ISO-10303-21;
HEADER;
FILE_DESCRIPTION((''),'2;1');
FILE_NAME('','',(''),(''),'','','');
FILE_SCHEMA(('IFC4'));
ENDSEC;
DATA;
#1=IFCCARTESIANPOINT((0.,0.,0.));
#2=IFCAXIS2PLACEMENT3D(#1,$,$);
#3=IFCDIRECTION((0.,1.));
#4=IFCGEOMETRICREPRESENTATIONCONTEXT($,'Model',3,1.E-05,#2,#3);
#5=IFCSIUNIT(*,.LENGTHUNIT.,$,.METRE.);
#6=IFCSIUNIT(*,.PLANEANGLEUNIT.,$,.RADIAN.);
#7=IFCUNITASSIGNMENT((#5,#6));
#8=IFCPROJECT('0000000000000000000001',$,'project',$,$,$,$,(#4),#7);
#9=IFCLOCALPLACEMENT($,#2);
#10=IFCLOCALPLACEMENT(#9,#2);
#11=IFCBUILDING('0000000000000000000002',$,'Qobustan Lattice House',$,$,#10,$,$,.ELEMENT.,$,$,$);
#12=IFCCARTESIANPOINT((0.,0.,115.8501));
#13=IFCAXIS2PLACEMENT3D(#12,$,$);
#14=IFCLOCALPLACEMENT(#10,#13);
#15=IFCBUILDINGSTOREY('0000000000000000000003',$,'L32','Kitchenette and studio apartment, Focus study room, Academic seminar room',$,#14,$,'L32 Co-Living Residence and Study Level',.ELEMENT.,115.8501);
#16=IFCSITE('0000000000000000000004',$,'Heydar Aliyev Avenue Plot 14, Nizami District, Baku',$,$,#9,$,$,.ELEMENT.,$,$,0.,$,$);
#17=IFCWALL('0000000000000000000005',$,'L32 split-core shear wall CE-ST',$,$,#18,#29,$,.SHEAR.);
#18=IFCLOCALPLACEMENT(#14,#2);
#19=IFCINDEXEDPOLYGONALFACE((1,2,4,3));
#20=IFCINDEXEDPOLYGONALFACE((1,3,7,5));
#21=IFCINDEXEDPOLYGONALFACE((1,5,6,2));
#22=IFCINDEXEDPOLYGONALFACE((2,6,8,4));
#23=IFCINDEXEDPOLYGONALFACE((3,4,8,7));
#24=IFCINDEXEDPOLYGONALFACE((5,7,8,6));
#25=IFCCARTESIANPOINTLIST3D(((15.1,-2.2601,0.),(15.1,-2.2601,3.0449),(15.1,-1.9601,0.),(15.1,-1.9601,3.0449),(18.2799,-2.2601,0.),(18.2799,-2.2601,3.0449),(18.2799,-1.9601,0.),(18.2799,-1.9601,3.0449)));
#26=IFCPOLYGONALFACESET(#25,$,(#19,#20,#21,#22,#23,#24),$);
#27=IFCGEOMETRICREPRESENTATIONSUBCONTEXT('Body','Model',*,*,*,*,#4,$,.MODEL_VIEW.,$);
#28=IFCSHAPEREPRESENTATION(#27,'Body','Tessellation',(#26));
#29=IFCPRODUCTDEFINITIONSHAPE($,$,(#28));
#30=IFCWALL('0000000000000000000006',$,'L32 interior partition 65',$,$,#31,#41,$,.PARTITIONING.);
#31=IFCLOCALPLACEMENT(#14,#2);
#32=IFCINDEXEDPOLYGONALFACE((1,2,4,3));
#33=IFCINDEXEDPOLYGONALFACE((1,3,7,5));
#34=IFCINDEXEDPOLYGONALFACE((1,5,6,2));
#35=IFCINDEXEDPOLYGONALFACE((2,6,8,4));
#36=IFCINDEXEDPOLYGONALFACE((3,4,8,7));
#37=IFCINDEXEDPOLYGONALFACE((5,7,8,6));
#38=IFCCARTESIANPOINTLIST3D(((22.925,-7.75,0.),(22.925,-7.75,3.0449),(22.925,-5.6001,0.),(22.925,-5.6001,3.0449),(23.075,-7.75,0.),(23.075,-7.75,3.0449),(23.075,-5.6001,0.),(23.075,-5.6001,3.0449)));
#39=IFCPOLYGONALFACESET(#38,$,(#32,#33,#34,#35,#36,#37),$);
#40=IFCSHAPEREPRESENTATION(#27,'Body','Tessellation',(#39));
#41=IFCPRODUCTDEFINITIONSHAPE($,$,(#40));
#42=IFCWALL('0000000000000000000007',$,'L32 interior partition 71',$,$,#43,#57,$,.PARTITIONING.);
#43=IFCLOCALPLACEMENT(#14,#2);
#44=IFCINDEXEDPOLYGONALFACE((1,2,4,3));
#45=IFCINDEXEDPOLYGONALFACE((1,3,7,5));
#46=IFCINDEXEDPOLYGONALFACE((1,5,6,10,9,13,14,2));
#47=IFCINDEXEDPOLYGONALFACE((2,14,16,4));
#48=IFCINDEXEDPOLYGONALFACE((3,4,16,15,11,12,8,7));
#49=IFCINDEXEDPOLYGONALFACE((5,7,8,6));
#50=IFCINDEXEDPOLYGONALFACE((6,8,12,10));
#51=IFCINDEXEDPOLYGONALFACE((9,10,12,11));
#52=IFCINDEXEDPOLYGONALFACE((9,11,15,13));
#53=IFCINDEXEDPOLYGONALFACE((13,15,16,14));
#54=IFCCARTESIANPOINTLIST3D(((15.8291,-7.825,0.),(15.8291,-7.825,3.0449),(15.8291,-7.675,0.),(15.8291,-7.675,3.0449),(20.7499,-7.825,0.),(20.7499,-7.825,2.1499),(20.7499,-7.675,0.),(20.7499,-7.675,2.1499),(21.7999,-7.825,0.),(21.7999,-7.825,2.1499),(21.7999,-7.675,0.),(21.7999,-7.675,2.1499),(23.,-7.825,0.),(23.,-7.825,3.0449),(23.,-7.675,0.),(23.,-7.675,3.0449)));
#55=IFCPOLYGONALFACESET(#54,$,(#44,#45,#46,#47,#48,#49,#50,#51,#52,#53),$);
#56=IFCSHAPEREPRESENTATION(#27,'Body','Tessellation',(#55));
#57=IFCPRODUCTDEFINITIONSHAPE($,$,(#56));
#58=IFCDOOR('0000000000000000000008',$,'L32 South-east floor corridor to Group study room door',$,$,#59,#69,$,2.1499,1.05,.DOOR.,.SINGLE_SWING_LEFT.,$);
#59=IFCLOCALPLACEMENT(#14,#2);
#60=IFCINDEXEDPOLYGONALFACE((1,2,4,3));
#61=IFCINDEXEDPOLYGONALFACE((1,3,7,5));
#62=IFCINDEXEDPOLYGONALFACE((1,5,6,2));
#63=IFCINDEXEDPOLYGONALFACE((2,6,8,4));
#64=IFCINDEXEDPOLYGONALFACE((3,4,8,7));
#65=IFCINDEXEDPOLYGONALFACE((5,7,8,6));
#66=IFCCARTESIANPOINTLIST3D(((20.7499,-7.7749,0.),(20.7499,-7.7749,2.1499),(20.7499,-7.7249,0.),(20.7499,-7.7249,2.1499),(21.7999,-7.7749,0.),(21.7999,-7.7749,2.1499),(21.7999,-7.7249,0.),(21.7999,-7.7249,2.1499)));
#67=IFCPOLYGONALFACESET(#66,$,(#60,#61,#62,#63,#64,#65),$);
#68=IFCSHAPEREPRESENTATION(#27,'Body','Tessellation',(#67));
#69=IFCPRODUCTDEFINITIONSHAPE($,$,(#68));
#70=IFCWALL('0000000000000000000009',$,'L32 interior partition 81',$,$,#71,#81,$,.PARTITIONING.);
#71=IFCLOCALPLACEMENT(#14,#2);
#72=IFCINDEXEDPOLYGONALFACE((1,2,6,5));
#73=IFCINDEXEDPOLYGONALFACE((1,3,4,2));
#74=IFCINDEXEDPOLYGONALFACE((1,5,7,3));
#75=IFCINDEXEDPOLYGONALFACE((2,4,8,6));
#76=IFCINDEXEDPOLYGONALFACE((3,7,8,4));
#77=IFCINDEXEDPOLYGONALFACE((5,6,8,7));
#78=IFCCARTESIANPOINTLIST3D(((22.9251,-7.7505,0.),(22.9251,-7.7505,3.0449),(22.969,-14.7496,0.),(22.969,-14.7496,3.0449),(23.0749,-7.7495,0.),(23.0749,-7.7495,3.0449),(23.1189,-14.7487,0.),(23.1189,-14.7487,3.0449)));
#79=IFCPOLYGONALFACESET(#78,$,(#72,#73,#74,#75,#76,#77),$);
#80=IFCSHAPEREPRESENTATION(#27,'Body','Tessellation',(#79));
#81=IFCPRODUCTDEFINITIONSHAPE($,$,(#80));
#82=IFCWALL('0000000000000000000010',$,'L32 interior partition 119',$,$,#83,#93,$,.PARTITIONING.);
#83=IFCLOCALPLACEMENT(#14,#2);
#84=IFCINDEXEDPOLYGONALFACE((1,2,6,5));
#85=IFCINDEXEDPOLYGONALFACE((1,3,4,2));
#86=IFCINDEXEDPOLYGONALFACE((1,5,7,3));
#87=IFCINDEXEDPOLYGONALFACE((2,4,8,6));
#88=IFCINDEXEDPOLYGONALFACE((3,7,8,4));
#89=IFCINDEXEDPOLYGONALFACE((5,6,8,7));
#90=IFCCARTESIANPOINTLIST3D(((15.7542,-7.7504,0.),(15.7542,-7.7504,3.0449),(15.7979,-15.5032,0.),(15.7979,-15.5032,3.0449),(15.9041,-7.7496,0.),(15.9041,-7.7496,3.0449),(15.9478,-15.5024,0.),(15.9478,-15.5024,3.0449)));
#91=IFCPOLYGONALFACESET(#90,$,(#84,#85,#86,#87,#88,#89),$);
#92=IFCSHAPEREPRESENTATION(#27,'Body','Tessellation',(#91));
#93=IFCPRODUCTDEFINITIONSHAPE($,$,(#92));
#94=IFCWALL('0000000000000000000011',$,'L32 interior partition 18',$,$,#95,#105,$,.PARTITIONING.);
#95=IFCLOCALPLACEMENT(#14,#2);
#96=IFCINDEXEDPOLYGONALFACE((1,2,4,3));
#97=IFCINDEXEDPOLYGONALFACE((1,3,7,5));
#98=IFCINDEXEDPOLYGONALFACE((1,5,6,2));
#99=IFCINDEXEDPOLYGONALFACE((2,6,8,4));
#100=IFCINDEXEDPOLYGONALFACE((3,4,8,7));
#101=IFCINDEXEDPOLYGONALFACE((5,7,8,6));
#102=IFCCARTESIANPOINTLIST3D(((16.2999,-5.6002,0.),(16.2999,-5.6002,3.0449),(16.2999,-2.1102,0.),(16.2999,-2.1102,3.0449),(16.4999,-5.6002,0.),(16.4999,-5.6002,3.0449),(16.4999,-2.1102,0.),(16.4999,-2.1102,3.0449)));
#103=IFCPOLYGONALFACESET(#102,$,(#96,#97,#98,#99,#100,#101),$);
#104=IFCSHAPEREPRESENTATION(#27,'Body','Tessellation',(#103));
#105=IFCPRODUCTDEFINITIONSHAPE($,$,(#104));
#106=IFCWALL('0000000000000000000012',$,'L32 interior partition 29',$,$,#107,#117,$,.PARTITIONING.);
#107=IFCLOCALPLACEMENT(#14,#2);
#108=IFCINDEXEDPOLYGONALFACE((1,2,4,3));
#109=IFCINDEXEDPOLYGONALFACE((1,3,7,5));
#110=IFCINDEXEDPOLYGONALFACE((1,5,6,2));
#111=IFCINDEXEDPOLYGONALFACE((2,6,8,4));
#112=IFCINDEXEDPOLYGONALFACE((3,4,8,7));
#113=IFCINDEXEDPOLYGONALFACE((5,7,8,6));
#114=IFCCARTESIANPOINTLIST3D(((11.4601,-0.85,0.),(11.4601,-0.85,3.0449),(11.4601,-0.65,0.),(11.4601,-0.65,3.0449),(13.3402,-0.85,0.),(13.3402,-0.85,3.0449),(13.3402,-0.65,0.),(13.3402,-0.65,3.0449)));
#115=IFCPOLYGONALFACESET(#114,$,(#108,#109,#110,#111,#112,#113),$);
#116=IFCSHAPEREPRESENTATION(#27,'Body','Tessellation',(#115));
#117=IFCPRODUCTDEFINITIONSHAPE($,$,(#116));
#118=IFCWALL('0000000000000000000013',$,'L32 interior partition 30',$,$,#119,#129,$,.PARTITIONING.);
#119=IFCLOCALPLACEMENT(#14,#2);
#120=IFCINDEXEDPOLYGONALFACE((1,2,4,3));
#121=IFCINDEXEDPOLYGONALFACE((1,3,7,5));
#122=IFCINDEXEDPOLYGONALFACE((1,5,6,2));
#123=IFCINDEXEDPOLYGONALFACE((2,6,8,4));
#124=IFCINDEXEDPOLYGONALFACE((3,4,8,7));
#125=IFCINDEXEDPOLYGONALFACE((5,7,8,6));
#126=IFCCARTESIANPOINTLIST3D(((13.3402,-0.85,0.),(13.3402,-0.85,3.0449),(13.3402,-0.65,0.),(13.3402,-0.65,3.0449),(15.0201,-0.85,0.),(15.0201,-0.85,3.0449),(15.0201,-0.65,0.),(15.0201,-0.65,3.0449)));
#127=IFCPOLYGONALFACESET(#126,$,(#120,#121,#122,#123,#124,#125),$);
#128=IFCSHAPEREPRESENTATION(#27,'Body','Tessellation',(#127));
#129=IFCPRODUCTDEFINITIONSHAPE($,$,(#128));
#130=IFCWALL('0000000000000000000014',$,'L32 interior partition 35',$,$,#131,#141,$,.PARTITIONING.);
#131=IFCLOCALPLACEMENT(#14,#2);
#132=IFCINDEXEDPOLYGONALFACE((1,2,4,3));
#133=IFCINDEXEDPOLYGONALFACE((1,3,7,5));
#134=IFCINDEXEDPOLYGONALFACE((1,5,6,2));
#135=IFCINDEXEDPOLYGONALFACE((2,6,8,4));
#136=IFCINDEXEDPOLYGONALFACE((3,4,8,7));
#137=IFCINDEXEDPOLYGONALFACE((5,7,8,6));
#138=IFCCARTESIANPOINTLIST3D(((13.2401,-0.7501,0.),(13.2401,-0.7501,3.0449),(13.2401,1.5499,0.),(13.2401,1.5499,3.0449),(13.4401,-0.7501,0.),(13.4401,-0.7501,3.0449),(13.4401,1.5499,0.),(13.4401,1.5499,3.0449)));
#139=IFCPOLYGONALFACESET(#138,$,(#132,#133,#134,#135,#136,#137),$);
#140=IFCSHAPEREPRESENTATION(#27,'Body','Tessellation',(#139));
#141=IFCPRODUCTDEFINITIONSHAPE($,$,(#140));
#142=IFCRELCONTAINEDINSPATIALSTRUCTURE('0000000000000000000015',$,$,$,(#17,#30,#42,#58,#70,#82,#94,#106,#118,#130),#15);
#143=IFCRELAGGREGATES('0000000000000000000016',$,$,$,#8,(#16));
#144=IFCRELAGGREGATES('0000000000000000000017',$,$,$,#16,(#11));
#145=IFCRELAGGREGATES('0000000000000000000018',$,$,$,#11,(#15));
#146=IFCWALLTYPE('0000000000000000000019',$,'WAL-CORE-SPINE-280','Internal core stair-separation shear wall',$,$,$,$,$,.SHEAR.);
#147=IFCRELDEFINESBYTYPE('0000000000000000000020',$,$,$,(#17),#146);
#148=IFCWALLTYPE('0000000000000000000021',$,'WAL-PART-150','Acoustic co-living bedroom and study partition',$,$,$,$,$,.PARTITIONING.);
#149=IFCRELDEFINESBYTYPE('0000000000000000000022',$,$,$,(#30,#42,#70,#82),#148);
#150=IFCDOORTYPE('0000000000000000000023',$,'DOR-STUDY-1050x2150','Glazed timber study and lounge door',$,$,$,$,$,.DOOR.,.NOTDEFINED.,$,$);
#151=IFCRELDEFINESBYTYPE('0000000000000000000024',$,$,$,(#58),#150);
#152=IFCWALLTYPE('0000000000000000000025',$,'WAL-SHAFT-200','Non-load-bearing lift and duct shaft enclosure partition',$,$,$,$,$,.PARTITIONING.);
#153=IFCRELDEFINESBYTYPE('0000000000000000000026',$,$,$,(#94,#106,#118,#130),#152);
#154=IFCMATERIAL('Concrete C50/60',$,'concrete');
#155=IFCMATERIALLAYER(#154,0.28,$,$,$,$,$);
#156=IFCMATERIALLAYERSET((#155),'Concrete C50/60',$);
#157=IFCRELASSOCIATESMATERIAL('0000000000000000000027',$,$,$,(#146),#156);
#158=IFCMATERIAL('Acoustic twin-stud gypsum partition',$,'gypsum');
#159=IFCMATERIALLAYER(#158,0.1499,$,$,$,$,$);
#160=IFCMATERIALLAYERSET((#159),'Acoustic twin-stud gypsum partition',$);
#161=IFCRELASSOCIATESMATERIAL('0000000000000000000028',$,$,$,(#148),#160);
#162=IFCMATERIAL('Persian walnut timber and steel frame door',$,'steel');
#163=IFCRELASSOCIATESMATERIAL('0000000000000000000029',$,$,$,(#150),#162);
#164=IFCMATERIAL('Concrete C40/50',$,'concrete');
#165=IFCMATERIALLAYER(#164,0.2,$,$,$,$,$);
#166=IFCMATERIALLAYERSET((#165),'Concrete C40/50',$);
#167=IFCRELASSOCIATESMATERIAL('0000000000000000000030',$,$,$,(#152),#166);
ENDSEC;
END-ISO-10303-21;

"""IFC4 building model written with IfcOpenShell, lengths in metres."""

from ifc_helpers import new_model, si_unit, direction, frame, frame_2d, origin, place, context, subcontext, project, spatial, rectangle, extrude, material, layer, layer_set, type_object, element, fill, save


model = new_model("IFC4")

# Units and contexts
model_context = context("Model", 3, precision=1e-05, world=origin(), true_north=direction((0.0, 1.0)))
body_context = subcontext(model_context, "Body", "Model", "MODEL_VIEW")
ifc_project = project(units=[si_unit("LENGTHUNIT", "METRE"), si_unit("PLANEANGLEUNIT", "RADIAN")], contexts=[model_context])

# Site, building, storey
site_placement = place(None, origin())
site = spatial("IfcSite", under=ifc_project, at=site_placement, Name="Heydar Aliyev Avenue Plot 14, Nizami District, Baku", CompositionType="ELEMENT", RefElevation=0.0)
building_placement = place(site_placement, origin())
building = spatial("IfcBuilding", under=site, at=building_placement, Name="Qobustan Lattice House", CompositionType="ELEMENT")
storey_placement = place(building_placement, frame((0.0, 0.0, 115.8501)))
storey = spatial("IfcBuildingStorey", under=building, at=storey_placement, Name="L32", Description="Kitchenette and studio apartment, Focus study room, Academic seminar room", LongName="L32 Co-Living Residence and Study Level", CompositionType="ELEMENT", Elevation=115.8501)

# Wall
ifc_material_1 = material(Name="Concrete C50/60", Category="concrete")
ifc_layer_1 = layer(ifc_material_1, 0.28)
ifc_layer_set_1 = layer_set([ifc_layer_1], Name="Concrete C50/60")
wall_type_1 = type_object("IfcWallType", Name="WAL-CORE-SPINE-280", Description="Internal core stair-separation shear wall", PredefinedType="SHEAR", material=ifc_layer_set_1)
wall_1_placement = place(storey_placement, frame((15.1001, -2.1101, 0.0), z_axis=(0.0, 0.0, 1.0), x_axis=(1.0, 0.0, 0.0)))
element("IfcWall", 1, at=wall_1_placement, inside=storey, type_object=wall_type_1, Name="L32 split-core shear wall CE-ST", PredefinedType="SHEAR", context=body_context, shape_type="SweptSolid", body=[
    extrude(rectangle(XDim=3.1799, YDim=0.3, at=frame_2d((1.5898, 0.0))), origin(), (0.0, 0.0, 1.0), 3.0449),
])

# Shared definitions
ifc_material_2 = material(Name="Acoustic twin-stud gypsum partition", Category="gypsum")
ifc_layer_2 = layer(ifc_material_2, 0.1499)
ifc_layer_set_2 = layer_set([ifc_layer_2], Name="Acoustic twin-stud gypsum partition")
wall_type_2 = type_object("IfcWallType", Name="WAL-PART-150", Description="Acoustic co-living bedroom and study partition", PredefinedType="PARTITIONING", material=ifc_layer_set_2)
ifc_material_3 = material(Name="Persian walnut timber and steel frame door", Category="steel")
door_type_1 = type_object("IfcDoorType", Name="DOR-STUDY-1050x2150", Description="Glazed timber study and lounge door", OperationType="NOTDEFINED", PredefinedType="DOOR", material=ifc_material_3)

# Wall
wall_2_placement = place(storey_placement, frame((23.0, -5.6001, 0.0), z_axis=(0.0, 0.0, 1.0), x_axis=(0.0, -1.0, 0.0)))
element("IfcWall", 2, at=wall_2_placement, inside=storey, type_object=wall_type_2, Name="L32 interior partition 65", PredefinedType="PARTITIONING", context=body_context, shape_type="SweptSolid", body=[
    extrude(rectangle(XDim=2.1499, YDim=0.1499, at=frame_2d((1.075, 0.0))), origin(), (0.0, 0.0, 1.0), 3.0449),
])

# Wall, opening, door
wall_3_placement = place(storey_placement, frame((23.0, -7.75, 0.0), z_axis=(0.0, 0.0, 1.0), x_axis=(-1.0, 0.0, 0.0)))
wall_3 = element("IfcWall", 3, at=wall_3_placement, inside=storey, type_object=wall_type_2, Name="L32 interior partition 71", PredefinedType="PARTITIONING", context=body_context, shape_type="SweptSolid", body=[
    extrude(rectangle(XDim=7.1709, YDim=0.1499, at=frame_2d((3.5854, 0.0))), origin(), (0.0, 0.0, 1.0), 3.0449),
])
opening_1_placement = place(wall_3_placement, frame((1.2002, 0.0, 0.0)))
opening_1 = element("IfcOpeningElement", 4, at=opening_1_placement, cuts=wall_3, PredefinedType="OPENING", context=body_context, shape_type="SweptSolid", body=[
    extrude(rectangle(XDim=1.05, YDim=2.1499, at=frame_2d((0.5249, 1.075))), frame((0.0, 0.085, 0.0), z_axis=(0.0, -1.0, 0.0), x_axis=(1.0, 0.0, 0.0)), (0.0, 0.0, 1.0), 0.1699),
])
door_1_placement = place(opening_1_placement, origin())
door_1 = element("IfcDoor", 5, at=door_1_placement, inside=storey, type_object=door_type_1, Name="L32 South-east floor corridor to Group study room door", OperationType="SINGLE_SWING_LEFT", OverallHeight=2.1499, OverallWidth=1.05, PredefinedType="DOOR", context=body_context, shape_type="SweptSolid", body=[
    extrude(rectangle(XDim=1.05, YDim=2.1499, at=frame_2d((0.5249, 1.075))), frame((0.0, 0.0249, 0.0), z_axis=(0.0, -1.0, 0.0), x_axis=(1.0, 0.0, 0.0)), (0.0, 0.0, 1.0), 0.05),
])
fill(opening_1, door_1)

# Walls
wall_4_placement = place(storey_placement, frame((23.0439, -14.749, 0.0), z_axis=(0.0, 0.0, 1.0), x_axis=(-0.006279, 0.99998, 0.0)))
element("IfcWall", 6, at=wall_4_placement, inside=storey, type_object=wall_type_2, Name="L32 interior partition 81", PredefinedType="PARTITIONING", context=body_context, shape_type="SweptSolid", body=[
    extrude(rectangle(XDim=6.9993, YDim=0.1499, at=frame_2d((3.4995, 0.0))), origin(), (0.0, 0.0, 1.0), 3.0449),
])
wall_5_placement = place(storey_placement, frame((15.8291, -7.75, 0.0), z_axis=(0.0, 0.0, 1.0), x_axis=(0.005637, -0.999984, 0.0)))
element("IfcWall", 7, at=wall_5_placement, inside=storey, type_object=wall_type_2, Name="L32 interior partition 119", PredefinedType="PARTITIONING", context=body_context, shape_type="SweptSolid", body=[
    extrude(rectangle(XDim=7.7529, YDim=0.1499, at=frame_2d((3.8765, 0.0))), origin(), (0.0, 0.0, 1.0), 3.0449),
])
ifc_material_4 = material(Name="Concrete C40/50", Category="concrete")
ifc_layer_3 = layer(ifc_material_4, 0.2)
ifc_layer_set_3 = layer_set([ifc_layer_3], Name="Concrete C40/50")
wall_type_3 = type_object("IfcWallType", Name="WAL-SHAFT-200", Description="Non-load-bearing lift and duct shaft enclosure partition", PredefinedType="PARTITIONING", material=ifc_layer_set_3)
wall_6_placement = place(storey_placement, frame((16.3999, -2.1101, 0.0), z_axis=(0.0, 0.0, 1.0), x_axis=(0.0, -1.0, 0.0)))
element("IfcWall", 8, at=wall_6_placement, inside=storey, type_object=wall_type_3, Name="L32 interior partition 18", PredefinedType="PARTITIONING", context=body_context, shape_type="SweptSolid", body=[
    extrude(rectangle(XDim=3.49, YDim=0.2, at=frame_2d((1.7451, 0.0))), origin(), (0.0, 0.0, 1.0), 3.0449),
])
wall_7_placement = place(storey_placement, frame((13.3401, -0.75, 0.0), z_axis=(0.0, 0.0, 1.0), x_axis=(-1.0, 0.0, 0.0)))
element("IfcWall", 9, at=wall_7_placement, inside=storey, type_object=wall_type_3, Name="L32 interior partition 29", PredefinedType="PARTITIONING", context=body_context, shape_type="SweptSolid", body=[
    extrude(rectangle(XDim=1.8801, YDim=0.2, at=frame_2d((0.9399, 0.0))), origin(), (0.0, 0.0, 1.0), 3.0449),
])
wall_8_placement = place(storey_placement, frame((15.02, -0.75, 0.0), z_axis=(0.0, 0.0, 1.0), x_axis=(-1.0, 0.0, 0.0)))
element("IfcWall", 10, at=wall_8_placement, inside=storey, type_object=wall_type_3, Name="L32 interior partition 30", PredefinedType="PARTITIONING", context=body_context, shape_type="SweptSolid", body=[
    extrude(rectangle(XDim=1.6799, YDim=0.2, at=frame_2d((0.8398, 0.0))), origin(), (0.0, 0.0, 1.0), 3.0449),
])
wall_9_placement = place(storey_placement, frame((13.3401, -0.75, 0.0), z_axis=(0.0, 0.0, 1.0), x_axis=(0.0, 1.0, 0.0)))
element("IfcWall", 11, at=wall_9_placement, inside=storey, type_object=wall_type_3, Name="L32 interior partition 35", PredefinedType="PARTITIONING", context=body_context, shape_type="SweptSolid", body=[
    extrude(rectangle(XDim=2.3, YDim=0.2, at=frame_2d((1.1499, 0.0))), origin(), (0.0, 0.0, 1.0), 3.0449),
])

save(model, "model.ifc")
